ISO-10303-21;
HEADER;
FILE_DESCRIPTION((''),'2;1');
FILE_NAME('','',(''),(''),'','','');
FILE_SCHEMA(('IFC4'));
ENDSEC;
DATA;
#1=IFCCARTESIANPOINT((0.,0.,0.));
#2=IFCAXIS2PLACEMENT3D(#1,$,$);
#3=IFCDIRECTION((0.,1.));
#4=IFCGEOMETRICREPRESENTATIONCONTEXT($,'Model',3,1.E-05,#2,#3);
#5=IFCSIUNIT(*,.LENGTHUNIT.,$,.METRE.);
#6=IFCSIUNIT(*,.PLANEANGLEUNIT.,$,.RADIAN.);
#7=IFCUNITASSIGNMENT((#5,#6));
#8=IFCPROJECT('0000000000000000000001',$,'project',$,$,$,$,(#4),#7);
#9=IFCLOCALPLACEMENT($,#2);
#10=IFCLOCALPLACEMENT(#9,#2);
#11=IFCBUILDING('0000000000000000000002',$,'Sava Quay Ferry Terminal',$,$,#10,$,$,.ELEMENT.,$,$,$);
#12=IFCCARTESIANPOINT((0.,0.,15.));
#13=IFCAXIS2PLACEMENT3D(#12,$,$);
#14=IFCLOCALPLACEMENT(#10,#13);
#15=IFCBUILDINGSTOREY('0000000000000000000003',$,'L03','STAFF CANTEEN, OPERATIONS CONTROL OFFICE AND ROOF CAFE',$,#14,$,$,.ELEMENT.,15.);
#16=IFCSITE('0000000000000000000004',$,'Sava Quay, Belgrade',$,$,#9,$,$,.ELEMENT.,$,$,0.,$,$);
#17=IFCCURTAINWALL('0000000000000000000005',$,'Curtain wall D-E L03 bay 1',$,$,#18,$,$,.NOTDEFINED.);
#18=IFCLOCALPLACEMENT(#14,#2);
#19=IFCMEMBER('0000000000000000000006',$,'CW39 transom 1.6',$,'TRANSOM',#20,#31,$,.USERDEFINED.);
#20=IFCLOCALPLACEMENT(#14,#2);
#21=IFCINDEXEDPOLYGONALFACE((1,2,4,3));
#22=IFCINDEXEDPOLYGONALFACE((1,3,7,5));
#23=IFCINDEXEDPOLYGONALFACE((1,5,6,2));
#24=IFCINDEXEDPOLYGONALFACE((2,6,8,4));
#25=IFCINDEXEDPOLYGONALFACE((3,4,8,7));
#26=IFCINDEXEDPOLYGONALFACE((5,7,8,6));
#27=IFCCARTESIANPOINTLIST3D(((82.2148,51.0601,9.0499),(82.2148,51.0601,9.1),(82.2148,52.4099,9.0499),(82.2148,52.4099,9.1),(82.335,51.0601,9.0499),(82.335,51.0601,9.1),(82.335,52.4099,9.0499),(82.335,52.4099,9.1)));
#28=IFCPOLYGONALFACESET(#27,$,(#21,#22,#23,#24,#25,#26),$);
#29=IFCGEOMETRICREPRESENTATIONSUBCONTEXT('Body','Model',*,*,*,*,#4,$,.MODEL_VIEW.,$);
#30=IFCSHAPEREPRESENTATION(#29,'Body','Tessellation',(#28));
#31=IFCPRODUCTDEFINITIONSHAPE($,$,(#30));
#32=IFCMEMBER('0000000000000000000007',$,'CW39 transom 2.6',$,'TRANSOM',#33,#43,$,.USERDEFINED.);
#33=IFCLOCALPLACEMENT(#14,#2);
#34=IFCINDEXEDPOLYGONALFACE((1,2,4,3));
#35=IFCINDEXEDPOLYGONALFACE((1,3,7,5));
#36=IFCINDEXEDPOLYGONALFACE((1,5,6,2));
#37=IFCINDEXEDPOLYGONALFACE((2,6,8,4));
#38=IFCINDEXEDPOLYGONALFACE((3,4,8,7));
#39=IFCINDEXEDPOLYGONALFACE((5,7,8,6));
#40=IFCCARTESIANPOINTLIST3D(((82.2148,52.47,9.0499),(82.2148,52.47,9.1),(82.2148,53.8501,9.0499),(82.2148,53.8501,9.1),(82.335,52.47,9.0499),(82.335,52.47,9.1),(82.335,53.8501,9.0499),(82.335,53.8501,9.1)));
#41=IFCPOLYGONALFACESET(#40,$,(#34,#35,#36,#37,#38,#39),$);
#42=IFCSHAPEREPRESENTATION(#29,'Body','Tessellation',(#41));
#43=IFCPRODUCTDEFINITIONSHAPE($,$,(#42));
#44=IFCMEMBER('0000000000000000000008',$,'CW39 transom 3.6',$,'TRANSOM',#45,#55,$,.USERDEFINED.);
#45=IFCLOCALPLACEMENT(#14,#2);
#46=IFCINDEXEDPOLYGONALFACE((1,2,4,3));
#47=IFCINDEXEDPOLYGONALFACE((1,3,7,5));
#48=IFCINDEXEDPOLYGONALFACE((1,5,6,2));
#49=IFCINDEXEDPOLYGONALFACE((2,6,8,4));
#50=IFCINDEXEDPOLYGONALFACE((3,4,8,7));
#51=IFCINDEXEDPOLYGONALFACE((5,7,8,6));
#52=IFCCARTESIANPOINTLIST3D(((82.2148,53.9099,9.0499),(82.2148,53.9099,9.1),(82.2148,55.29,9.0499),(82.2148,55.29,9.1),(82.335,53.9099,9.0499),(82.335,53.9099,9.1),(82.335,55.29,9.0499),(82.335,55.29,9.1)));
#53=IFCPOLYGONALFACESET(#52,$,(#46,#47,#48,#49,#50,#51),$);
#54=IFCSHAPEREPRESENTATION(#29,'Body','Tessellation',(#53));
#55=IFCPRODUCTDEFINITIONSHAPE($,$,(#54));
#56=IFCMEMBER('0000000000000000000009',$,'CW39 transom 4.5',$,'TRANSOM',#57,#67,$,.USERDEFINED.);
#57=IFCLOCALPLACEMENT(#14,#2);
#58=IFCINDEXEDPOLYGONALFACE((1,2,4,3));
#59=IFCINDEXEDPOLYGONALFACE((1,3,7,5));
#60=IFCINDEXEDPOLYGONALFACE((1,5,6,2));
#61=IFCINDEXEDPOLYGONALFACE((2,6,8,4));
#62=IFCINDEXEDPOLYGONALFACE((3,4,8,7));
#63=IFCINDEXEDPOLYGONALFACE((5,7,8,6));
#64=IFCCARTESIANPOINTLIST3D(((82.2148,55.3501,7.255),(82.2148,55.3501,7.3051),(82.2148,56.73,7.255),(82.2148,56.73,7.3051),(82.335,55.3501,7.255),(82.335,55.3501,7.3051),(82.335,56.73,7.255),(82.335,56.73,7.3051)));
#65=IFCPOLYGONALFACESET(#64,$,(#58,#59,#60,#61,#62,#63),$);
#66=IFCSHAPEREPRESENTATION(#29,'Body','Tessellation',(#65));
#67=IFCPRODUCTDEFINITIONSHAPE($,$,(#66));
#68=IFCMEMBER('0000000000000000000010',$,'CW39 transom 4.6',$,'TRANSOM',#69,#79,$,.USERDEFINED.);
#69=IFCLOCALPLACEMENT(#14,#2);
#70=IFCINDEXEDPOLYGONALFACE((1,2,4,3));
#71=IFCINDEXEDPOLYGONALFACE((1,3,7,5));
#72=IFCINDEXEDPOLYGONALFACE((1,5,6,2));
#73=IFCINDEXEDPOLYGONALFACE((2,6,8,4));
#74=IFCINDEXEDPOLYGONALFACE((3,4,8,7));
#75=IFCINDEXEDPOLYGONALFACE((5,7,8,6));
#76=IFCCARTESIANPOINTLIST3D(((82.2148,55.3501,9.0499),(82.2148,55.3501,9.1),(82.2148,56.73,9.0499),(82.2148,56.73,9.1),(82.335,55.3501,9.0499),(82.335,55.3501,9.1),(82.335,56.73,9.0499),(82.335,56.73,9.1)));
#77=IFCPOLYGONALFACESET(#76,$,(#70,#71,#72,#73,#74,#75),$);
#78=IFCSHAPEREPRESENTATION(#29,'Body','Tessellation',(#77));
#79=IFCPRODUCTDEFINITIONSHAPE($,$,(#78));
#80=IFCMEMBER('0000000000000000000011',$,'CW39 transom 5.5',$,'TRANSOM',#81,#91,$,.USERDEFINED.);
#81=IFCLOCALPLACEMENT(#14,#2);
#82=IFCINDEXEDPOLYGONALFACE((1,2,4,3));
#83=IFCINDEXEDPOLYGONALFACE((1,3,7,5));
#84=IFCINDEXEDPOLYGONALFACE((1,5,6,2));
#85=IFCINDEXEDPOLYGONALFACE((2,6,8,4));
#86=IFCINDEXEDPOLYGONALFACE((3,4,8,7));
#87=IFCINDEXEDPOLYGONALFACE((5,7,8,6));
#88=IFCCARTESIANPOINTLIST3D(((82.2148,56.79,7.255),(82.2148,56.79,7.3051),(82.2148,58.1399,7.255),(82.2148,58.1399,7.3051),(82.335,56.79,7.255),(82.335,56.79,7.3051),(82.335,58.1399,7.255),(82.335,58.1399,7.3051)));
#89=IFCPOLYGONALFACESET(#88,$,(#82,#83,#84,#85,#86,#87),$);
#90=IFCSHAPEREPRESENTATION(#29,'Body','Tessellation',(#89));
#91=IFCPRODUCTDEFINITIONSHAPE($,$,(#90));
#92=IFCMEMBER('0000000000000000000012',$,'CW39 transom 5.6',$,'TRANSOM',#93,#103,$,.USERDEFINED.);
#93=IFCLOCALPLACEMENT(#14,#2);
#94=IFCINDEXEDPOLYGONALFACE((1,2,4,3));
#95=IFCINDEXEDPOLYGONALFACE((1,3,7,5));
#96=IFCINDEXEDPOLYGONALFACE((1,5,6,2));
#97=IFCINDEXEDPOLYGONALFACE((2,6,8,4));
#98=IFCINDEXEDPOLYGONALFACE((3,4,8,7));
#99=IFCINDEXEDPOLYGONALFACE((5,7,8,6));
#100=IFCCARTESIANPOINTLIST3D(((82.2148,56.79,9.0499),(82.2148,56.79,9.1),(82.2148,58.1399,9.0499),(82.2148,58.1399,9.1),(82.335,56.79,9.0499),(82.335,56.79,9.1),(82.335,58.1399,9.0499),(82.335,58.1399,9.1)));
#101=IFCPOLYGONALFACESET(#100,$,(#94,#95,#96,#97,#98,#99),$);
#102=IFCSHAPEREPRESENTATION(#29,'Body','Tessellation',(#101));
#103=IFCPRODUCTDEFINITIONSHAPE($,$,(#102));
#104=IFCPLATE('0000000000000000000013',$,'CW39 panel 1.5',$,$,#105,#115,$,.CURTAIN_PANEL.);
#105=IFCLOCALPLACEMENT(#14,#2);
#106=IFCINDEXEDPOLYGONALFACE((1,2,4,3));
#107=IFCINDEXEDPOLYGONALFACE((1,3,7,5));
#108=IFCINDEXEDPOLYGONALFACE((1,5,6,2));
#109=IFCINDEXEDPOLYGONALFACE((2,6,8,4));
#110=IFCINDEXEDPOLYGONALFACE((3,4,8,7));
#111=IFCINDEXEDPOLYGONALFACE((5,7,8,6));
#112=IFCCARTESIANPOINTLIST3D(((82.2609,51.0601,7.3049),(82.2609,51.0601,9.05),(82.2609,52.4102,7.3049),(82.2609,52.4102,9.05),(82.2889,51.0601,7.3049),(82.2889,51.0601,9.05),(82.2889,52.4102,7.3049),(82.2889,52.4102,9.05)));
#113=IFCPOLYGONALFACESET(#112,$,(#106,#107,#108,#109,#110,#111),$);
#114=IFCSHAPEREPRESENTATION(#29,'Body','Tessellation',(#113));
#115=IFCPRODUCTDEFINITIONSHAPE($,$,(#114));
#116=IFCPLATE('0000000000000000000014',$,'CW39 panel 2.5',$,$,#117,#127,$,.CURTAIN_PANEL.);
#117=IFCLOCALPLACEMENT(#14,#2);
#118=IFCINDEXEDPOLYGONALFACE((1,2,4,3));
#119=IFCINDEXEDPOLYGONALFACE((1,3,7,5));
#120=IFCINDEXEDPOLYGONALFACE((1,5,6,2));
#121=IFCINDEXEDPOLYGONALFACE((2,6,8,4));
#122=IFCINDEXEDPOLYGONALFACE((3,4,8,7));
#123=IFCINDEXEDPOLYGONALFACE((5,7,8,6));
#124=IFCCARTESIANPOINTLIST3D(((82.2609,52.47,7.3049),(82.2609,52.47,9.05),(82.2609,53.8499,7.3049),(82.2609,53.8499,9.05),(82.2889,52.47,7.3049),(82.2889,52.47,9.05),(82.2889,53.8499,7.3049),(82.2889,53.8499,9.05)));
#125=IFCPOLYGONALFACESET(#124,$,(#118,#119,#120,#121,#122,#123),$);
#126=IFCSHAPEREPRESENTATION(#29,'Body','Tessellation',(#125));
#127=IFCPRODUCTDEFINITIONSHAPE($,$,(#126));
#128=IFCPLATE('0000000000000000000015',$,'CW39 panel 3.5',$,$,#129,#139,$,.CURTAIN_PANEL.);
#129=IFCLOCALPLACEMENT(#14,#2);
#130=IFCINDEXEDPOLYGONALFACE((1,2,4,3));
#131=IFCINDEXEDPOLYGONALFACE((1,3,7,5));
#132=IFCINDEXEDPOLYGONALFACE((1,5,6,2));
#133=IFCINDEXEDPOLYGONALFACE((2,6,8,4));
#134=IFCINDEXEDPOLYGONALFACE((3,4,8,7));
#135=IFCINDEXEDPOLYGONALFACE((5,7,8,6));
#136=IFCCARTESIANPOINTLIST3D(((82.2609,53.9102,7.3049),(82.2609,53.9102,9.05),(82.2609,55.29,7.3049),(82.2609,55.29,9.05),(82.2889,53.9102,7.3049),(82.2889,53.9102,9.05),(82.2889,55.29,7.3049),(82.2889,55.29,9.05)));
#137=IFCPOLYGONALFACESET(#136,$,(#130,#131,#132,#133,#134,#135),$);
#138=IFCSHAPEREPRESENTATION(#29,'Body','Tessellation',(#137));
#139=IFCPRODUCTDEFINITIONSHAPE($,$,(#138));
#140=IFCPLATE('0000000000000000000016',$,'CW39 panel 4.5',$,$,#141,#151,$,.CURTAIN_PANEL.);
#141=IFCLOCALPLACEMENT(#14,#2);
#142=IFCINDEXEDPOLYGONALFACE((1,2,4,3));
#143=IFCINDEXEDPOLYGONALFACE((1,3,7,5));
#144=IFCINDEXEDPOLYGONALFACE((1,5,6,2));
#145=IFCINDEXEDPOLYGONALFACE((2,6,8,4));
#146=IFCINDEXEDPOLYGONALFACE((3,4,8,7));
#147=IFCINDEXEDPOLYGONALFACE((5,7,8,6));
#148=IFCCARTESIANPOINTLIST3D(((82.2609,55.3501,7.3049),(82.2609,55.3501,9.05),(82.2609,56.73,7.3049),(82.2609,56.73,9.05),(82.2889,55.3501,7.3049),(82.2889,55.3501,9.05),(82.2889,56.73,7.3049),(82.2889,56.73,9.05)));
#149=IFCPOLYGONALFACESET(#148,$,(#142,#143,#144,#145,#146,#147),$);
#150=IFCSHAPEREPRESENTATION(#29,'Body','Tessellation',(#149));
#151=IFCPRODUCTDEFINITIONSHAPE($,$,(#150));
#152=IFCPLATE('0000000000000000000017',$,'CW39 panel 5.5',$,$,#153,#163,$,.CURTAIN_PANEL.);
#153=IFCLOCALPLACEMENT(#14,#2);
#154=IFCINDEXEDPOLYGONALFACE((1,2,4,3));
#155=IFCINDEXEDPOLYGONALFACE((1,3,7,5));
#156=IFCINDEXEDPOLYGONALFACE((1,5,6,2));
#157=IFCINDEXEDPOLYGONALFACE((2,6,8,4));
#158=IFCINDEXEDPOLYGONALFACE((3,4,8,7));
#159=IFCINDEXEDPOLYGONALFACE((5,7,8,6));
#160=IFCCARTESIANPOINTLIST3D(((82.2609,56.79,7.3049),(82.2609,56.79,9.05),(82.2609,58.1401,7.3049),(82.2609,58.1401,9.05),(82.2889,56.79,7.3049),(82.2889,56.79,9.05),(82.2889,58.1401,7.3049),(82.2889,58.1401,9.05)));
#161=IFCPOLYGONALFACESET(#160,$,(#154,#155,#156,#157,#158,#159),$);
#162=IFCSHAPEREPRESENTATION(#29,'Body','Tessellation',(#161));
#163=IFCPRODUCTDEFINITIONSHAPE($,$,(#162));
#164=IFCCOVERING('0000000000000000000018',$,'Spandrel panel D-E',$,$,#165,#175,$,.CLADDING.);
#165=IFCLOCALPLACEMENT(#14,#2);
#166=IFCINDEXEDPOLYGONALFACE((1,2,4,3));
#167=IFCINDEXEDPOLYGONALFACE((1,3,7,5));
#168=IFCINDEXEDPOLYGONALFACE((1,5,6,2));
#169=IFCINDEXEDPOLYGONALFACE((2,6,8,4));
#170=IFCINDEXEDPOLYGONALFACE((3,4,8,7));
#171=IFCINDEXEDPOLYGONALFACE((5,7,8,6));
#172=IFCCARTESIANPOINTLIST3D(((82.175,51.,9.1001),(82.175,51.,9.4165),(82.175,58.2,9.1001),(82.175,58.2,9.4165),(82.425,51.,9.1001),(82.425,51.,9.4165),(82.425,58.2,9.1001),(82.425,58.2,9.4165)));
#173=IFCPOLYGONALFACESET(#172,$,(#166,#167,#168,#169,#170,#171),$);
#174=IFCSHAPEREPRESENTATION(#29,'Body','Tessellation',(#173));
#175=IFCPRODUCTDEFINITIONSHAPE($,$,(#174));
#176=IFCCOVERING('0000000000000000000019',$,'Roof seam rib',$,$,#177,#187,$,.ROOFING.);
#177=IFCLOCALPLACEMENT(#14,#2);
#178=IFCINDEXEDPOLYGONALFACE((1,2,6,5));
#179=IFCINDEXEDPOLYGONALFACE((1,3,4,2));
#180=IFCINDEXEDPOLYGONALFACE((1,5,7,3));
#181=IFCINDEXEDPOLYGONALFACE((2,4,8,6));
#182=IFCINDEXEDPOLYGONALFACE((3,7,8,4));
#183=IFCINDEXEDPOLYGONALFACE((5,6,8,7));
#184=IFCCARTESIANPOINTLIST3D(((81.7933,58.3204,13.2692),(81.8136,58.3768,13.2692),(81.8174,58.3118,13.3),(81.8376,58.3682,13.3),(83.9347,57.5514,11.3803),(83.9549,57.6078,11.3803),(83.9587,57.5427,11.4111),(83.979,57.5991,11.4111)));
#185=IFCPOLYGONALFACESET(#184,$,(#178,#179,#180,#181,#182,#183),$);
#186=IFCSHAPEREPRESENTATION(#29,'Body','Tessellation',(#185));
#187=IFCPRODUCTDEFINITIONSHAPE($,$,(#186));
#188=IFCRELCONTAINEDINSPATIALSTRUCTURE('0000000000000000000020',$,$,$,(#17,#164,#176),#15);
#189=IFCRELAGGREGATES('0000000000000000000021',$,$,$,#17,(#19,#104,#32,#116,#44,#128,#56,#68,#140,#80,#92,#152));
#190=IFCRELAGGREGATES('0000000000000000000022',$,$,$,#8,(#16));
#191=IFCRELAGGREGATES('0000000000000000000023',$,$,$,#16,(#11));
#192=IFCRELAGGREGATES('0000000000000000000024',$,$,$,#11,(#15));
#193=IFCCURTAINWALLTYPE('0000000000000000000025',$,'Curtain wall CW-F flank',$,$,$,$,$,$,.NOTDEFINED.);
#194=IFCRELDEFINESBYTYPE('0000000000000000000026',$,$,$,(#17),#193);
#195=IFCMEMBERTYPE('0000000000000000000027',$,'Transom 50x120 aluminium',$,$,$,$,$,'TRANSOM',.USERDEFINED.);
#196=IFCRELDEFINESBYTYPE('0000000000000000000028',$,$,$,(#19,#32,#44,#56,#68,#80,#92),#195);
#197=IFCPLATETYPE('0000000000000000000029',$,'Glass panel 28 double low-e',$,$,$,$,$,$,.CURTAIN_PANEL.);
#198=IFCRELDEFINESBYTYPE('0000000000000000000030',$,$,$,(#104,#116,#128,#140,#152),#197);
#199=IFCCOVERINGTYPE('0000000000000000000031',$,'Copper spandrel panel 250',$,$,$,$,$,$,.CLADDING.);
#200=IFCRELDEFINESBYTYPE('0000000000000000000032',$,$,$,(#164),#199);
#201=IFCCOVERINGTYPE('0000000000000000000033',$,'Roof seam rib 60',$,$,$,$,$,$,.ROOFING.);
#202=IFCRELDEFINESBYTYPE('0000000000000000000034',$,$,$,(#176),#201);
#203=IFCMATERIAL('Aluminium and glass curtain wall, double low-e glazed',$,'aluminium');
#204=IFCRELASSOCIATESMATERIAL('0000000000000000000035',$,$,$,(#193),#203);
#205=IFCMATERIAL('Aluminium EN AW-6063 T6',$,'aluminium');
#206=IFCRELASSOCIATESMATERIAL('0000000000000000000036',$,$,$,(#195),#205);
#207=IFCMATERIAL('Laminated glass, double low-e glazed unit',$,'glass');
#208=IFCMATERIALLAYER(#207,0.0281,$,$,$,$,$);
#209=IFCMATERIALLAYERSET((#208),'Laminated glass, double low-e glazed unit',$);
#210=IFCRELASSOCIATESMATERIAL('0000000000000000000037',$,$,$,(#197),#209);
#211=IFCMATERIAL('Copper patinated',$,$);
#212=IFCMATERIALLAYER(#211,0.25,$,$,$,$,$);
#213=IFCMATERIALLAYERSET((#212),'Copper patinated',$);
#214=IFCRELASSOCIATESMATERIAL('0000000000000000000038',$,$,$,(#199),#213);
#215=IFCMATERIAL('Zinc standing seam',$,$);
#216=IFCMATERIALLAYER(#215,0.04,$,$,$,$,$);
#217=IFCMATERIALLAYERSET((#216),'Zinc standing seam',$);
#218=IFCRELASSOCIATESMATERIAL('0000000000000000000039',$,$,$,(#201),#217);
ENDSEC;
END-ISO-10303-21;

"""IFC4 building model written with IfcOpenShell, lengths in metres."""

from ifc_helpers import new_model, si_unit, direction, frame, origin, origin_2d, place, context, subcontext, project, spatial, polyline, rectangle, outline, extrude, material, layer, layer_set, material_profile, profile_set, type_object, element, aggregate, save


model = new_model("IFC4")

# Units and contexts
model_context = context("Model", 3, precision=1e-05, world=origin(), true_north=direction((0.0, 1.0)))
body_context = subcontext(model_context, "Body", "Model", "MODEL_VIEW")
ifc_project = project(units=[si_unit("LENGTHUNIT", "METRE"), si_unit("PLANEANGLEUNIT", "RADIAN")], contexts=[model_context])

# Site, building, storey
site_placement = place(None, origin())
site = spatial("IfcSite", under=ifc_project, at=site_placement, Name="Sava Quay, Belgrade", CompositionType="ELEMENT", RefElevation=0.0)
building_placement = place(site_placement, origin())
building = spatial("IfcBuilding", under=site, at=building_placement, Name="Sava Quay Ferry Terminal", CompositionType="ELEMENT")
storey_placement = place(building_placement, frame((0.0, 0.0, 15.0)))
storey = spatial("IfcBuildingStorey", under=building, at=storey_placement, Name="L03", Description="STAFF CANTEEN, OPERATIONS CONTROL OFFICE AND ROOF CAFE", CompositionType="ELEMENT", Elevation=15.0)

# Curtain wall, members, plates
ifc_material_1 = material(Name="Aluminium and glass curtain wall, double low-e glazed", Category="aluminium")
curtain_wall_type = type_object("IfcCurtainWallType", Name="Curtain wall CW-F flank", PredefinedType="NOTDEFINED", material=ifc_material_1)
curtain_wall_placement = place(storey_placement, origin())
curtain_wall = element("IfcCurtainWall", 1, at=curtain_wall_placement, inside=storey, type_object=curtain_wall_type, Name="Curtain wall D-E L03 bay 1", PredefinedType="NOTDEFINED")
ifc_material_2 = material(Name="Aluminium EN AW-6063 T6", Category="aluminium")
ifc_material_profile = material_profile(ifc_material_2, rectangle(XDim=0.1201, YDim=0.05, at=origin_2d()), Name="Transom 50x120 aluminium")
ifc_profile_set = profile_set([ifc_material_profile], Name="Aluminium EN AW-6063 T6")
member_type = type_object("IfcMemberType", Name="Transom 50x120 aluminium", ElementType="TRANSOM", PredefinedType="USERDEFINED", material=ifc_profile_set)
member_1_placement = place(storey_placement, frame((82.2749, 51.0601, 9.075), z_axis=(0.0, 1.0, 0.0), x_axis=(-1.0, 0.0, 0.0)))
member_1 = element("IfcMember", 2, at=member_1_placement, type_object=member_type, Name="CW39 transom 1.6", ObjectType="TRANSOM", PredefinedType="USERDEFINED", context=body_context, shape_type="SweptSolid", body=[
    extrude(rectangle(XDim=0.1201, YDim=0.05, at=origin_2d()), origin(), (0.0, 0.0, 1.0), 1.3499),
])
member_2_placement = place(storey_placement, frame((82.2749, 52.47, 9.075), z_axis=(0.0, 1.0, 0.0), x_axis=(-1.0, 0.0, 0.0)))
member_2 = element("IfcMember", 3, at=member_2_placement, type_object=member_type, Name="CW39 transom 2.6", ObjectType="TRANSOM", PredefinedType="USERDEFINED", context=body_context, shape_type="SweptSolid", body=[
    extrude(rectangle(XDim=0.1201, YDim=0.05, at=origin_2d()), origin(), (0.0, 0.0, 1.0), 1.3801),
])
member_3_placement = place(storey_placement, frame((82.2749, 53.9099, 9.075), z_axis=(0.0, 1.0, 0.0), x_axis=(-1.0, 0.0, 0.0)))
member_3 = element("IfcMember", 4, at=member_3_placement, type_object=member_type, Name="CW39 transom 3.6", ObjectType="TRANSOM", PredefinedType="USERDEFINED", context=body_context, shape_type="SweptSolid", body=[
    extrude(rectangle(XDim=0.1201, YDim=0.05, at=origin_2d()), origin(), (0.0, 0.0, 1.0), 1.3801),
])
member_4_placement = place(storey_placement, frame((82.2749, 55.3501, 7.28), z_axis=(0.0, 1.0, 0.0), x_axis=(-1.0, 0.0, 0.0)))
member_4 = element("IfcMember", 5, at=member_4_placement, type_object=member_type, Name="CW39 transom 4.5", ObjectType="TRANSOM", PredefinedType="USERDEFINED", context=body_context, shape_type="SweptSolid", body=[
    extrude(rectangle(XDim=0.1201, YDim=0.05, at=origin_2d()), origin(), (0.0, 0.0, 1.0), 1.3799),
])
member_5_placement = place(storey_placement, frame((82.2749, 55.3501, 9.075), z_axis=(0.0, 1.0, 0.0), x_axis=(-1.0, 0.0, 0.0)))
member_5 = element("IfcMember", 6, at=member_5_placement, type_object=member_type, Name="CW39 transom 4.6", ObjectType="TRANSOM", PredefinedType="USERDEFINED", context=body_context, shape_type="SweptSolid", body=[
    extrude(rectangle(XDim=0.1201, YDim=0.05, at=origin_2d()), origin(), (0.0, 0.0, 1.0), 1.3799),
])
member_6_placement = place(storey_placement, frame((82.2749, 56.79, 7.28), z_axis=(0.0, 1.0, 0.0), x_axis=(-1.0, 0.0, 0.0)))
member_6 = element("IfcMember", 7, at=member_6_placement, type_object=member_type, Name="CW39 transom 5.5", ObjectType="TRANSOM", PredefinedType="USERDEFINED", context=body_context, shape_type="SweptSolid", body=[
    extrude(rectangle(XDim=0.1201, YDim=0.05, at=origin_2d()), origin(), (0.0, 0.0, 1.0), 1.3499),
])
member_7_placement = place(storey_placement, frame((82.2749, 56.79, 9.075), z_axis=(0.0, 1.0, 0.0), x_axis=(-1.0, 0.0, 0.0)))
member_7 = element("IfcMember", 8, at=member_7_placement, type_object=member_type, Name="CW39 transom 5.6", ObjectType="TRANSOM", PredefinedType="USERDEFINED", context=body_context, shape_type="SweptSolid", body=[
    extrude(rectangle(XDim=0.1201, YDim=0.05, at=origin_2d()), origin(), (0.0, 0.0, 1.0), 1.3499),
])
ifc_material_3 = material(Name="Laminated glass, double low-e glazed unit", Category="glass")
ifc_layer_1 = layer(ifc_material_3, 0.0281)
ifc_layer_set_1 = layer_set([ifc_layer_1], Name="Laminated glass, double low-e glazed unit")
plate_type = type_object("IfcPlateType", Name="Glass panel 28 double low-e", PredefinedType="CURTAIN_PANEL", material=ifc_layer_set_1)
plate_1_placement = place(storey_placement, frame((82.2749, 51.7351, 7.3049), z_axis=(0.0, 0.0, 1.0), x_axis=(0.0, 1.0, 0.0)))
plate_1 = element("IfcPlate", 9, at=plate_1_placement, type_object=plate_type, Name="CW39 panel 1.5", PredefinedType="CURTAIN_PANEL", context=body_context, shape_type="SweptSolid", body=[
    extrude(rectangle(XDim=1.3501, YDim=0.0281, at=origin_2d()), origin(), (0.0, 0.0, 1.0), 1.7451),
])
plate_2_placement = place(storey_placement, frame((82.2749, 53.1599, 7.3049), z_axis=(0.0, 0.0, 1.0), x_axis=(0.0, 1.0, 0.0)))
plate_2 = element("IfcPlate", 10, at=plate_2_placement, type_object=plate_type, Name="CW39 panel 2.5", PredefinedType="CURTAIN_PANEL", context=body_context, shape_type="SweptSolid", body=[
    extrude(rectangle(XDim=1.3799, YDim=0.0281, at=origin_2d()), origin(), (0.0, 0.0, 1.0), 1.7451),
])
plate_3_placement = place(storey_placement, frame((82.2749, 54.6001, 7.3049), z_axis=(0.0, 0.0, 1.0), x_axis=(0.0, 1.0, 0.0)))
plate_3 = element("IfcPlate", 11, at=plate_3_placement, type_object=plate_type, Name="CW39 panel 3.5", PredefinedType="CURTAIN_PANEL", context=body_context, shape_type="SweptSolid", body=[
    extrude(rectangle(XDim=1.3799, YDim=0.0281, at=origin_2d()), origin(), (0.0, 0.0, 1.0), 1.7451),
])
plate_4_placement = place(storey_placement, frame((82.2749, 56.04, 7.3049), z_axis=(0.0, 0.0, 1.0), x_axis=(0.0, 1.0, 0.0)))
plate_4 = element("IfcPlate", 12, at=plate_4_placement, type_object=plate_type, Name="CW39 panel 4.5", PredefinedType="CURTAIN_PANEL", context=body_context, shape_type="SweptSolid", body=[
    extrude(rectangle(XDim=1.3799, YDim=0.0281, at=origin_2d()), origin(), (0.0, 0.0, 1.0), 1.7451),
])
plate_5_placement = place(storey_placement, frame((82.2749, 57.4651, 7.3049), z_axis=(0.0, 0.0, 1.0), x_axis=(0.0, 1.0, 0.0)))
plate_5 = element("IfcPlate", 13, at=plate_5_placement, type_object=plate_type, Name="CW39 panel 5.5", PredefinedType="CURTAIN_PANEL", context=body_context, shape_type="SweptSolid", body=[
    extrude(rectangle(XDim=1.3501, YDim=0.0281, at=origin_2d()), origin(), (0.0, 0.0, 1.0), 1.7451),
])
aggregate(curtain_wall, [member_1, plate_1, member_2, plate_2, member_3, plate_3, member_4, member_5, plate_4, member_6, member_7, plate_5])

# Coverings
ifc_material_4 = material(Name="Copper patinated")
ifc_layer_2 = layer(ifc_material_4, 0.25)
ifc_layer_set_2 = layer_set([ifc_layer_2], Name="Copper patinated")
covering_type_1 = type_object("IfcCoveringType", Name="Copper spandrel panel 250", PredefinedType="CLADDING", material=ifc_layer_set_2)
covering_1_placement = place(storey_placement, frame((82.3, 51.0, 9.1001), z_axis=(0.0, 0.0, 1.0), x_axis=(0.0, 1.0, 0.0)))
element("IfcCovering", 14, at=covering_1_placement, inside=storey, type_object=covering_type_1, Name="Spandrel panel D-E", PredefinedType="CLADDING", context=body_context, shape_type="SweptSolid", body=[
    extrude(outline(polyline([(0.0, 0.0), (7.2, 0.0), (7.2, 0.3164), (0.0, 0.3164), (0.0, 0.0)])), frame((0.0, 0.125, 0.0), z_axis=(0.0, -1.0, 0.0), x_axis=(1.0, 0.0, 0.0)), (0.0, 0.0, 1.0), 0.25),
])
ifc_material_5 = material(Name="Zinc standing seam")
ifc_layer_3 = layer(ifc_material_5, 0.04)
ifc_layer_set_3 = layer_set([ifc_layer_3], Name="Zinc standing seam")
covering_type_2 = type_object("IfcCoveringType", Name="Roof seam rib 60", PredefinedType="ROOFING", material=ifc_layer_set_3)
covering_2_placement = place(storey_placement, frame((83.9587, 57.5427, 11.4111), z_axis=(0.601132, -0.215991, 0.769407), x_axis=(-0.724124, 0.260061, 0.638758)))
element("IfcCovering", 15, at=covering_2_placement, inside=storey, type_object=covering_type_2, Name="Roof seam rib", PredefinedType="ROOFING", context=body_context, shape_type="SweptSolid", body=[
    extrude(outline(polyline([(0.0, 0.0), (2.9572, 0.0), (2.9572, -0.0599), (0.0, -0.0599), (0.0, 0.0)])), origin(), (0.0, 0.0, -1.0), 0.04),
])

save(model, "model.ifc")
